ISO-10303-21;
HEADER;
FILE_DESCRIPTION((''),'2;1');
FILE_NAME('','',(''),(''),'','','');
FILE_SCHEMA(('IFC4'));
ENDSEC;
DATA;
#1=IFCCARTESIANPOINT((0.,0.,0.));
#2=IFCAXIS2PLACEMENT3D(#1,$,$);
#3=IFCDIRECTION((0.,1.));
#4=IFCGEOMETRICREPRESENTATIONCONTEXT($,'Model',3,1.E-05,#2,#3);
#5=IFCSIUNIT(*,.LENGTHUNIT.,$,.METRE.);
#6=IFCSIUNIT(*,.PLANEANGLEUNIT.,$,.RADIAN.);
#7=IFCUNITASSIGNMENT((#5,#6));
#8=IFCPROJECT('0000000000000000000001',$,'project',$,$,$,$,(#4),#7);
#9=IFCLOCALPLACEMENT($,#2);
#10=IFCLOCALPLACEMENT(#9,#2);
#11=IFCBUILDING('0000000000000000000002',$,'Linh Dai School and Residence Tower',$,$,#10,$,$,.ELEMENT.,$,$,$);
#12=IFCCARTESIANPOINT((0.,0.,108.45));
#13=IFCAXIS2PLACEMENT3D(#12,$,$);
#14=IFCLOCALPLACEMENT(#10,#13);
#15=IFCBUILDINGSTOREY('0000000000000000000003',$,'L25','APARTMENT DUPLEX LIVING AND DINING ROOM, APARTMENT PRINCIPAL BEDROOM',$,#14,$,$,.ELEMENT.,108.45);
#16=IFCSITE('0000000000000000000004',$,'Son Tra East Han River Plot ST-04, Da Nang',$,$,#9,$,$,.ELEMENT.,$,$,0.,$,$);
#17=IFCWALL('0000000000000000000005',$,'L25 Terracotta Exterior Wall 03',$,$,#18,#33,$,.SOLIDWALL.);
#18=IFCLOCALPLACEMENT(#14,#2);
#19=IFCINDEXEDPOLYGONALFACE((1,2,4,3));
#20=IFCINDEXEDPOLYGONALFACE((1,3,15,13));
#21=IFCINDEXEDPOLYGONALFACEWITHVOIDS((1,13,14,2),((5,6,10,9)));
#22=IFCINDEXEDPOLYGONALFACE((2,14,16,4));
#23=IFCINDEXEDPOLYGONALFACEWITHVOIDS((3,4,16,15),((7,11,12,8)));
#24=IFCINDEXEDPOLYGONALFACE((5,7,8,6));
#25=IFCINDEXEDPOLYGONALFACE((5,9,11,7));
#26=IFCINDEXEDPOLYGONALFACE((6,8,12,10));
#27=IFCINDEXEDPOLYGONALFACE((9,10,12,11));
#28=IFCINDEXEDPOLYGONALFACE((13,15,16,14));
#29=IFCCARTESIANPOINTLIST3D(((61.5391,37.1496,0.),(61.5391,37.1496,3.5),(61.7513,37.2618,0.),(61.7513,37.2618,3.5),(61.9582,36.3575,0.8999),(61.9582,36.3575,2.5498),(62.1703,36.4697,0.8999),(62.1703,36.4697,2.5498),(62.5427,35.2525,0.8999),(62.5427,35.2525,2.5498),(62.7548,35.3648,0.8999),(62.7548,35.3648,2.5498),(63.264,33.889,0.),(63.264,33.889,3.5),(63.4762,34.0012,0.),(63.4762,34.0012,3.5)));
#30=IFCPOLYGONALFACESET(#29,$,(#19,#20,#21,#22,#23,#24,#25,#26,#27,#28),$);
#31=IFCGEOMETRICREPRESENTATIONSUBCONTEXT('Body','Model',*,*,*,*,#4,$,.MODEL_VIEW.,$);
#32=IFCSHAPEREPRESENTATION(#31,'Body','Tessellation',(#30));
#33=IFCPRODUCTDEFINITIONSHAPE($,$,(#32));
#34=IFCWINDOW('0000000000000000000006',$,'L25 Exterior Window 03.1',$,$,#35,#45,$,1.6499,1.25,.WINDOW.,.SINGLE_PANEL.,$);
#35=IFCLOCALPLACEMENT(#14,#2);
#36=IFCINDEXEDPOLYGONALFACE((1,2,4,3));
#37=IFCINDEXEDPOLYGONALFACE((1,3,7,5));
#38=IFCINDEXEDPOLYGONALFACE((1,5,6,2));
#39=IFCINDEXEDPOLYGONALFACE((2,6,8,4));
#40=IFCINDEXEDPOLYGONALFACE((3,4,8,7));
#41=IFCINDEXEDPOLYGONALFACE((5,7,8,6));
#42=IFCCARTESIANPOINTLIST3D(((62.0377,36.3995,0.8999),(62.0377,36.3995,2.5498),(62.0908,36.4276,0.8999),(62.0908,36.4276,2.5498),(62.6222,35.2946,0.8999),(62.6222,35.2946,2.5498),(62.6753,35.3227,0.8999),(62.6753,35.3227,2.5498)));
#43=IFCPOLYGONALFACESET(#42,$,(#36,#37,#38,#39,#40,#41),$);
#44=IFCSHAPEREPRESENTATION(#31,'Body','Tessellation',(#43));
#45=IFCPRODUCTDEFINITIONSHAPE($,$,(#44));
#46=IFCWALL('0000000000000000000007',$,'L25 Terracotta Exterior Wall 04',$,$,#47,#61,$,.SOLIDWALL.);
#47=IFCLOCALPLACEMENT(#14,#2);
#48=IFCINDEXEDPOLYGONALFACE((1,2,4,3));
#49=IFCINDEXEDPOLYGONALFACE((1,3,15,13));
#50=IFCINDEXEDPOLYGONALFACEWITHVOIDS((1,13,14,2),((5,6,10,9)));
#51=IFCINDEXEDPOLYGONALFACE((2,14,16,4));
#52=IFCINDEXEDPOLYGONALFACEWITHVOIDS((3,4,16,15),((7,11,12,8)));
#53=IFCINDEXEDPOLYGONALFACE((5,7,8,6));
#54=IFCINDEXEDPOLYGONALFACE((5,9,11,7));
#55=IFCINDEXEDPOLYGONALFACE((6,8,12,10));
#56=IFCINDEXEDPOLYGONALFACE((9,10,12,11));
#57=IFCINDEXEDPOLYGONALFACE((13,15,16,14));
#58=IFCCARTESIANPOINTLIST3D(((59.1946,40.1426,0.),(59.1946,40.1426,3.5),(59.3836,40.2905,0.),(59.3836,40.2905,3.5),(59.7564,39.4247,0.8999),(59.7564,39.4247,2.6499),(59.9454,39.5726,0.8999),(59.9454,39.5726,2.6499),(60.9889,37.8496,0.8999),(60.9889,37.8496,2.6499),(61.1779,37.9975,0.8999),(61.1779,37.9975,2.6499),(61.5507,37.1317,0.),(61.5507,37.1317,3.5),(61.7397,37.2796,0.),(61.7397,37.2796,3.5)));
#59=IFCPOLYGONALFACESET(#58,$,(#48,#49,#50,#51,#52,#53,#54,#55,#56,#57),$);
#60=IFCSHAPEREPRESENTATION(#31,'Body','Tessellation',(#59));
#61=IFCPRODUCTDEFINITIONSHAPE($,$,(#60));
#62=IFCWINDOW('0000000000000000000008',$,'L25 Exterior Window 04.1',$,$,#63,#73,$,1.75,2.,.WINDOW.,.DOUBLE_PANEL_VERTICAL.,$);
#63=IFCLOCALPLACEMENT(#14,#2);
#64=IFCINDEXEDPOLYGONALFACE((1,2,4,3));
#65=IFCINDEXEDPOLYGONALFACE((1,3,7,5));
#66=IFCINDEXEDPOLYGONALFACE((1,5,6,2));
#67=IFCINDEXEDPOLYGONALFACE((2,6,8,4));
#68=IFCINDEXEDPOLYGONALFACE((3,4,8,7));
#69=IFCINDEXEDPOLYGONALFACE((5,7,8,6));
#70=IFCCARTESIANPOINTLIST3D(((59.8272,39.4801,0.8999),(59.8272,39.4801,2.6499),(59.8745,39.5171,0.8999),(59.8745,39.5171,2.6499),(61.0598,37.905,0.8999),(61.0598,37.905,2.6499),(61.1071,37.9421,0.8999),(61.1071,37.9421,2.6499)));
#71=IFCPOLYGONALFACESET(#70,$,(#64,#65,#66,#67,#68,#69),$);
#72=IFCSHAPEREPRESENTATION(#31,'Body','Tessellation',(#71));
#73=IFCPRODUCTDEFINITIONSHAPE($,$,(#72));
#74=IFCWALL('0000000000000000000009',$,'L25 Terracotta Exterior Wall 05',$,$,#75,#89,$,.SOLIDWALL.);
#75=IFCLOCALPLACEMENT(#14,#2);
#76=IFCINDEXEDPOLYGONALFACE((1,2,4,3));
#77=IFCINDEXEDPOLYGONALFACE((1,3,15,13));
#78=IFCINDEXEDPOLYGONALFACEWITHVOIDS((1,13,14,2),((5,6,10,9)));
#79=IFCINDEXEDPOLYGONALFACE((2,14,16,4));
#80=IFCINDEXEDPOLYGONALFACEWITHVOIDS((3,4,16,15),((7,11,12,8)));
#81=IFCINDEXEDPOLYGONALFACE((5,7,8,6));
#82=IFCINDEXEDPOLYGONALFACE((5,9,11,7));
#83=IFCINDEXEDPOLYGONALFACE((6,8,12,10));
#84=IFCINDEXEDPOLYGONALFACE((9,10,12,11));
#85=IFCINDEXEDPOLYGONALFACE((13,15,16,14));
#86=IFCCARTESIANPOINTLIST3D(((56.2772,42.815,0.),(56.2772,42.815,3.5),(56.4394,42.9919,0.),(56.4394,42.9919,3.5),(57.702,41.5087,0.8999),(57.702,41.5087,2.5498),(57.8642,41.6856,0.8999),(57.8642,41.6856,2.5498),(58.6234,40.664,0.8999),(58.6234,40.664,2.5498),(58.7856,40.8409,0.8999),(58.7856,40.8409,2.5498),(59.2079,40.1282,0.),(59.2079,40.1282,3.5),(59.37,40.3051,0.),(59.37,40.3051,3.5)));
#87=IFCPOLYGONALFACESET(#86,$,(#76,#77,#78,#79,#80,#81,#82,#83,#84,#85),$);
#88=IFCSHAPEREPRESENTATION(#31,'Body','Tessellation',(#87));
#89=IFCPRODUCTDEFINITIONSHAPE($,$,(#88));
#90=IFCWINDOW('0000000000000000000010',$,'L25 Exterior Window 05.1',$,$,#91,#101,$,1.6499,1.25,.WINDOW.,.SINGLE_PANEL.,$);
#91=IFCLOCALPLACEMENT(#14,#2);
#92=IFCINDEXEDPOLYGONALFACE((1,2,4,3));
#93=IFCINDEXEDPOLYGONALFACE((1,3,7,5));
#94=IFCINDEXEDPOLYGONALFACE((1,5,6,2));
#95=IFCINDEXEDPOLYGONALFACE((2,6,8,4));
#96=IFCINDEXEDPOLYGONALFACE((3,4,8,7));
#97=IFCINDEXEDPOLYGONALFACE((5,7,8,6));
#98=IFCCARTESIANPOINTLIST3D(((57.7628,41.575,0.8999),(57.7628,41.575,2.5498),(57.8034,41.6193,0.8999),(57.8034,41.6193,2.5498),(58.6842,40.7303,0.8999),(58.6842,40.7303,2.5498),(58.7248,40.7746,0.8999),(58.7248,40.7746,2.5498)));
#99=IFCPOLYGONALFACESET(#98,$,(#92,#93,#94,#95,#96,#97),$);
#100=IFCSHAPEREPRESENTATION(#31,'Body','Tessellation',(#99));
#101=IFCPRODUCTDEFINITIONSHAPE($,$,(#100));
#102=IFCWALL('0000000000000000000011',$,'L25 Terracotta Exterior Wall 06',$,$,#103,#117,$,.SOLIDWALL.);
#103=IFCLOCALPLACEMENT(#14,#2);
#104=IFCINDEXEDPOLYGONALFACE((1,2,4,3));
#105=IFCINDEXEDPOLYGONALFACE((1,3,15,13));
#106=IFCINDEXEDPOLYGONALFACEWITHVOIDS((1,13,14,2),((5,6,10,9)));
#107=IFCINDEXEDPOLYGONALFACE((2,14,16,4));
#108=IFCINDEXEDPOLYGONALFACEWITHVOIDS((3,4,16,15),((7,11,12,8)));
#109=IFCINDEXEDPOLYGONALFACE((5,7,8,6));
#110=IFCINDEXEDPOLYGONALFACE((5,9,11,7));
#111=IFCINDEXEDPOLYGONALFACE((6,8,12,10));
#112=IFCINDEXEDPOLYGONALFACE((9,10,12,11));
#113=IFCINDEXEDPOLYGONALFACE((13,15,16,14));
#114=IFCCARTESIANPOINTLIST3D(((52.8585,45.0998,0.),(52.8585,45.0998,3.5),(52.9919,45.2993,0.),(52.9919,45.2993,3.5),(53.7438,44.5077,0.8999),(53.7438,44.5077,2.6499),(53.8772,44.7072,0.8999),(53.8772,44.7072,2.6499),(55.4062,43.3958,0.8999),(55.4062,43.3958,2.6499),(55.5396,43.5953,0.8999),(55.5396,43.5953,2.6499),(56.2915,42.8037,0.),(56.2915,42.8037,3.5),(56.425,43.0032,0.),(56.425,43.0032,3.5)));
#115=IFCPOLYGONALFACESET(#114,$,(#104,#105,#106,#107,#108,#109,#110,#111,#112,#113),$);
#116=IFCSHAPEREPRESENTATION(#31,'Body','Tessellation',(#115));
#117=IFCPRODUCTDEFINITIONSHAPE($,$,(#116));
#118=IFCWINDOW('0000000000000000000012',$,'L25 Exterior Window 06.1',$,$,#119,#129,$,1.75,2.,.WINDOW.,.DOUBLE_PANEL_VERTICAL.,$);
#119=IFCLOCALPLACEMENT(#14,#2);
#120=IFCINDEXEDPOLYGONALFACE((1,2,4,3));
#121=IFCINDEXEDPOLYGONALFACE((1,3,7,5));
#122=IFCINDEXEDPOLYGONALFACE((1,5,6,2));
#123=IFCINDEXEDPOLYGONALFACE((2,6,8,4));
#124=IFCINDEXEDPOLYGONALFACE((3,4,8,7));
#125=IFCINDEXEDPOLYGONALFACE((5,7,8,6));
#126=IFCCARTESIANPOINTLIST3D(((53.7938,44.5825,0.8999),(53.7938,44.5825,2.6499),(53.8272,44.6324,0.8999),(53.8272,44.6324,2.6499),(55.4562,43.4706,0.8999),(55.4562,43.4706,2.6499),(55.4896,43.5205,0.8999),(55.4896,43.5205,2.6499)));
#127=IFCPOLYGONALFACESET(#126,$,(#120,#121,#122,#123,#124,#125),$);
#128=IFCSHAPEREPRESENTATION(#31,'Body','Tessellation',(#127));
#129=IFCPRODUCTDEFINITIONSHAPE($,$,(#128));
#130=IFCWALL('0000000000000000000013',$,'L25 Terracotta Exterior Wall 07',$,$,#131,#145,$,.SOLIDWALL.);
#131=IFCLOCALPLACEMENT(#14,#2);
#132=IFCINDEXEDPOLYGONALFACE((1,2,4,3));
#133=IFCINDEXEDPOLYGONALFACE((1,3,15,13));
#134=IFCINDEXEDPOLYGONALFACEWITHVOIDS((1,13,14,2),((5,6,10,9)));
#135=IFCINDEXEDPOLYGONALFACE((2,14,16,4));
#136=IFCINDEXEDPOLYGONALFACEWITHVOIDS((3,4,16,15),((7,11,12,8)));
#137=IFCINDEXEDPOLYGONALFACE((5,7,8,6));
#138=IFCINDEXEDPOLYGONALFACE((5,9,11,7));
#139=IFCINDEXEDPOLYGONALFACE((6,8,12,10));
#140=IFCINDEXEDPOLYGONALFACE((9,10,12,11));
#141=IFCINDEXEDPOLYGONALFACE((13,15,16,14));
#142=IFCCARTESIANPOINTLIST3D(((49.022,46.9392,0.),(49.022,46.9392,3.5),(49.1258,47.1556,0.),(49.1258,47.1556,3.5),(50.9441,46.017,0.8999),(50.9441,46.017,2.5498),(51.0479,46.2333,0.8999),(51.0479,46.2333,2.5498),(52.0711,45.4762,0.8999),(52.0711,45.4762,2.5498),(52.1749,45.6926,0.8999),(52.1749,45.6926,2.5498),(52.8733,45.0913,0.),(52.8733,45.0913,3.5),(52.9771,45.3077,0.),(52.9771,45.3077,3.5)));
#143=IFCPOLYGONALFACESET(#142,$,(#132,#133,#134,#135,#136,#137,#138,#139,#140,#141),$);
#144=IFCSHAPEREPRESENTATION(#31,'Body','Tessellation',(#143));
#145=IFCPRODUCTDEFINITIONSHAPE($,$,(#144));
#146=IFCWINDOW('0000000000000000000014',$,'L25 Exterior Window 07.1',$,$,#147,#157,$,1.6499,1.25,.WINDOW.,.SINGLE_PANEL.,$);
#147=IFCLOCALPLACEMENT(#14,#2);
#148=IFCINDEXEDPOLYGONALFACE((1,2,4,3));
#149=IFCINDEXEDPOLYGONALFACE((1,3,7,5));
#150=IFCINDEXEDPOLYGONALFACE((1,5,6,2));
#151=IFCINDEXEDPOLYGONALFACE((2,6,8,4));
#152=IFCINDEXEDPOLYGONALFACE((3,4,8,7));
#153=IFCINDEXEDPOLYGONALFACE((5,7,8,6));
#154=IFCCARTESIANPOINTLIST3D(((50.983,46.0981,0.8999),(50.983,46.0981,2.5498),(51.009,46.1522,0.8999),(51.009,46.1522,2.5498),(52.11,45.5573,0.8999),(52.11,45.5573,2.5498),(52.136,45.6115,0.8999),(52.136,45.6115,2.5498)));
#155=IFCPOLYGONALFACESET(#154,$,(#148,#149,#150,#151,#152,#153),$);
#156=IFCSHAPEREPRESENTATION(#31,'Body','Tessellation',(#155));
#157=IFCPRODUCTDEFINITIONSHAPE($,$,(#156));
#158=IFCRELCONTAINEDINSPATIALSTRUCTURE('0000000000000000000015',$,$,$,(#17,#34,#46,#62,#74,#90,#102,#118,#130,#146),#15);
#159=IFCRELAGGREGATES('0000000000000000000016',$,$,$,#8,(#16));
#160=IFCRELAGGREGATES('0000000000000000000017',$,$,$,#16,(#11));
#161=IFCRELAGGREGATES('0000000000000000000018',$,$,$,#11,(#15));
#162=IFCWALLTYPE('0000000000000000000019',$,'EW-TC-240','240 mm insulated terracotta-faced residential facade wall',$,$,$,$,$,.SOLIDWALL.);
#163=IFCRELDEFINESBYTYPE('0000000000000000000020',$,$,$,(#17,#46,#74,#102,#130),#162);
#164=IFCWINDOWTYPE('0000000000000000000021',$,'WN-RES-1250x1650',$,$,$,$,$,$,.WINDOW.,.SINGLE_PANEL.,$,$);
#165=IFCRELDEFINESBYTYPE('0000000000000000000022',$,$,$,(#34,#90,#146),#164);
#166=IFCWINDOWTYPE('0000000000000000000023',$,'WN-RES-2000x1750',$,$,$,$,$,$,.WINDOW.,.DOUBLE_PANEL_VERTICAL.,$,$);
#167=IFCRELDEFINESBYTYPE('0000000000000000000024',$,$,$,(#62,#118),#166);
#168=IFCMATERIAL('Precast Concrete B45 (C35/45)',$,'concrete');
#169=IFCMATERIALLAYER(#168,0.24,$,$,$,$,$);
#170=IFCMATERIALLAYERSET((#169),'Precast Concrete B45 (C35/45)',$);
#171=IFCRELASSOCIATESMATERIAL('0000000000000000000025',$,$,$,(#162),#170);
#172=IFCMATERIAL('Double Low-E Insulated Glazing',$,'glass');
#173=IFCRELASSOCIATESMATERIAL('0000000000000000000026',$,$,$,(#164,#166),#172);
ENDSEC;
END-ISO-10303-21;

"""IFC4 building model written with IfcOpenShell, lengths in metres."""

from ifc_helpers import new_model, si_unit, direction, frame, frame_2d, origin, origin_2d, place, context, subcontext, project, spatial, rectangle, extrude, source, transform, mapped, material, layer, layer_set, type_object, element, fill, save


model = new_model("IFC4")

# Units and contexts
model_context = context("Model", 3, precision=1e-05, world=origin(), true_north=direction((0.0, 1.0)))
body_context = subcontext(model_context, "Body", "Model", "MODEL_VIEW")
ifc_project = project(units=[si_unit("LENGTHUNIT", "METRE"), si_unit("PLANEANGLEUNIT", "RADIAN")], contexts=[model_context])

# Site, building, storey
site_placement = place(None, origin())
site = spatial("IfcSite", under=ifc_project, at=site_placement, Name="Son Tra East Han River Plot ST-04, Da Nang", CompositionType="ELEMENT", RefElevation=0.0)
building_placement = place(site_placement, origin())
building = spatial("IfcBuilding", under=site, at=building_placement, Name="Linh Dai School and Residence Tower", CompositionType="ELEMENT")
storey_placement = place(building_placement, frame((0.0, 0.0, 108.45)))
storey = spatial("IfcBuildingStorey", under=building, at=storey_placement, Name="L25", Description="APARTMENT DUPLEX LIVING AND DINING ROOM, APARTMENT PRINCIPAL BEDROOM", CompositionType="ELEMENT", Elevation=108.45)

# Shared definitions
ifc_material_1 = material(Name="Precast Concrete B45 (C35/45)", Category="concrete")

# Shared definitions
ifc_layer_1 = layer(ifc_material_1, 0.24)
ifc_layer_set_1 = layer_set([ifc_layer_1], Name="Precast Concrete B45 (C35/45)")
wall_type_1 = type_object("IfcWallType", Name="EW-TC-240", Description="240 mm insulated terracotta-faced residential facade wall", PredefinedType="SOLIDWALL", material=ifc_layer_set_1)

# Walls, openings, windows
wall_1_placement = place(storey_placement, frame((61.6453, 37.2056, 0.0), z_axis=(0.0, 0.0, 1.0), x_axis=(0.467614, -0.883933, 0.0)))
wall_1 = element("IfcWall", 1, at=wall_1_placement, inside=storey, type_object=wall_type_1, Name="L25 Terracotta Exterior Wall 03", PredefinedType="SOLIDWALL", context=body_context, shape_type="SweptSolid", body=[
    extrude(rectangle(XDim=3.6887, YDim=0.24, at=frame_2d((1.8442, 0.0))), origin(), (0.0, 0.0, 1.0), 3.5),
])
opening_1_placement = place(wall_1_placement, frame((0.896, 0.0, 0.8999)))
opening_1 = element("IfcOpeningElement", 2, at=opening_1_placement, cuts=wall_1, PredefinedType="OPENING", context=body_context, shape_type="SweptSolid", body=[
    extrude(rectangle(XDim=1.25, YDim=1.6499, at=origin_2d()), frame((0.625, 0.1299, 0.825), z_axis=(0.0, -1.0, 0.0), x_axis=(1.0, 0.0, 0.0)), (0.0, 0.0, 1.0), 0.26),
])
ifc_material_2 = material(Name="Double Low-E Insulated Glazing", Category="glass")
window_type_1 = type_object("IfcWindowType", Name="WN-RES-1250x1650", PartitioningType="SINGLE_PANEL", PredefinedType="WINDOW", material=ifc_material_2)
shared_shape_1 = source(origin(), body_context, "Body", "SweptSolid", [
    extrude(rectangle(XDim=1.25, YDim=1.6499, at=origin_2d()), frame((0.625, 0.03, 0.825), z_axis=(0.0, -1.0, 0.0), x_axis=(1.0, 0.0, 0.0)), (0.0, 0.0, 1.0), 0.0601),
])
window_1_placement = place(opening_1_placement, origin())
window_1 = element("IfcWindow", 3, at=window_1_placement, inside=storey, type_object=window_type_1, Name="L25 Exterior Window 03.1", OverallHeight=1.6499, OverallWidth=1.25, PartitioningType="SINGLE_PANEL", PredefinedType="WINDOW", context=body_context, shape_type="MappedRepresentation", body=[
    mapped(shared_shape_1, transform((0.0, 0.0, 0.0), x_axis=(1.0, 0.0, 0.0), y_axis=(0.0, 1.0, 0.0), z_axis=(0.0, 0.0, 1.0), scale=1.0)),
])
fill(opening_1, window_1)
wall_2_placement = place(storey_placement, frame((59.2891, 40.2166, 0.0), z_axis=(0.0, 0.0, 1.0), x_axis=(0.616272, -0.787533, 0.0)))
wall_2 = element("IfcWall", 4, at=wall_2_placement, inside=storey, type_object=wall_type_1, Name="L25 Terracotta Exterior Wall 04", PredefinedType="SOLIDWALL", context=body_context, shape_type="SweptSolid", body=[
    extrude(rectangle(XDim=3.8232, YDim=0.24, at=frame_2d((1.9116, 0.0))), origin(), (0.0, 0.0, 1.0), 3.5),
])
opening_2_placement = place(wall_2_placement, frame((0.9116, 0.0, 0.8999)))
opening_2 = element("IfcOpeningElement", 5, at=opening_2_placement, cuts=wall_2, PredefinedType="OPENING", context=body_context, shape_type="SweptSolid", body=[
    extrude(rectangle(XDim=2.0, YDim=1.75, at=origin_2d()), frame((1.0, 0.1299, 0.875), z_axis=(0.0, -1.0, 0.0), x_axis=(1.0, 0.0, 0.0)), (0.0, 0.0, 1.0), 0.26),
])
window_type_2 = type_object("IfcWindowType", Name="WN-RES-2000x1750", PartitioningType="DOUBLE_PANEL_VERTICAL", PredefinedType="WINDOW", material=ifc_material_2)
shared_shape_2 = source(origin(), body_context, "Body", "SweptSolid", [
    extrude(rectangle(XDim=2.0, YDim=1.75, at=origin_2d()), frame((1.0, 0.03, 0.875), z_axis=(0.0, -1.0, 0.0), x_axis=(1.0, 0.0, 0.0)), (0.0, 0.0, 1.0), 0.0601),
])
window_2_placement = place(opening_2_placement, origin())
window_2 = element("IfcWindow", 6, at=window_2_placement, inside=storey, type_object=window_type_2, Name="L25 Exterior Window 04.1", OverallHeight=1.75, OverallWidth=2.0, PartitioningType="DOUBLE_PANEL_VERTICAL", PredefinedType="WINDOW", context=body_context, shape_type="MappedRepresentation", body=[
    mapped(shared_shape_2, transform((0.0, 0.0, 0.0), x_axis=(1.0, 0.0, 0.0), y_axis=(0.0, 1.0, 0.0), z_axis=(0.0, 0.0, 1.0), scale=1.0)),
])
fill(opening_2, window_2)
wall_3_placement = place(storey_placement, frame((56.3584, 42.9033, 0.0), z_axis=(0.0, 0.0, 1.0), x_axis=(0.737113, -0.675769, 0.0)))
wall_3 = element("IfcWall", 7, at=wall_3_placement, inside=storey, type_object=wall_type_1, Name="L25 Terracotta Exterior Wall 05", PredefinedType="SOLIDWALL", context=body_context, shape_type="SweptSolid", body=[
    extrude(rectangle(XDim=3.9758, YDim=0.24, at=frame_2d((1.9878, 0.0))), origin(), (0.0, 0.0, 1.0), 3.5),
])
opening_3_placement = place(wall_3_placement, frame((1.9329, 0.0, 0.8999)))
opening_3 = element("IfcOpeningElement", 8, at=opening_3_placement, cuts=wall_3, PredefinedType="OPENING", context=body_context, shape_type="SweptSolid", body=[
    extrude(rectangle(XDim=1.25, YDim=1.6499, at=origin_2d()), frame((0.625, 0.1299, 0.825), z_axis=(0.0, -1.0, 0.0), x_axis=(1.0, 0.0, 0.0)), (0.0, 0.0, 1.0), 0.26),
])
window_3_placement = place(opening_3_placement, origin())
window_3 = element("IfcWindow", 9, at=window_3_placement, inside=storey, type_object=window_type_1, Name="L25 Exterior Window 05.1", OverallHeight=1.6499, OverallWidth=1.25, PartitioningType="SINGLE_PANEL", PredefinedType="WINDOW", context=body_context, shape_type="MappedRepresentation", body=[
    mapped(shared_shape_1, transform((0.0, 0.0, 0.0), x_axis=(1.0, 0.0, 0.0), y_axis=(0.0, 1.0, 0.0), z_axis=(0.0, 0.0, 1.0), scale=1.0)),
])
fill(opening_3, window_3)
wall_4_placement = place(storey_placement, frame((52.9253, 45.1995, 0.0), z_axis=(0.0, 0.0, 1.0), x_axis=(0.831222, -0.555941, 0.0)))
wall_4 = element("IfcWall", 10, at=wall_4_placement, inside=storey, type_object=wall_type_1, Name="L25 Terracotta Exterior Wall 06", PredefinedType="SOLIDWALL", context=body_context, shape_type="SweptSolid", body=[
    extrude(rectangle(XDim=4.1301, YDim=0.24, at=frame_2d((2.0649, 0.0))), origin(), (0.0, 0.0, 1.0), 3.5),
])
opening_4_placement = place(wall_4_placement, frame((1.0649, 0.0, 0.8999)))
opening_4 = element("IfcOpeningElement", 11, at=opening_4_placement, cuts=wall_4, PredefinedType="OPENING", context=body_context, shape_type="SweptSolid", body=[
    extrude(rectangle(XDim=2.0, YDim=1.75, at=origin_2d()), frame((1.0, 0.1299, 0.875), z_axis=(0.0, -1.0, 0.0), x_axis=(1.0, 0.0, 0.0)), (0.0, 0.0, 1.0), 0.26),
])
window_4_placement = place(opening_4_placement, origin())
window_4 = element("IfcWindow", 12, at=window_4_placement, inside=storey, type_object=window_type_2, Name="L25 Exterior Window 06.1", OverallHeight=1.75, OverallWidth=2.0, PartitioningType="DOUBLE_PANEL_VERTICAL", PredefinedType="WINDOW", context=body_context, shape_type="MappedRepresentation", body=[
    mapped(shared_shape_2, transform((0.0, 0.0, 0.0), x_axis=(1.0, 0.0, 0.0), y_axis=(0.0, 1.0, 0.0), z_axis=(0.0, 0.0, 1.0), scale=1.0)),
])
fill(opening_4, window_4)
wall_5_placement = place(storey_placement, frame((49.074, 47.0474, 0.0), z_axis=(0.0, 0.0, 1.0), x_axis=(0.90159, -0.432592, 0.0)))
wall_5 = element("IfcWall", 13, at=wall_5_placement, inside=storey, type_object=wall_type_1, Name="L25 Terracotta Exterior Wall 07", PredefinedType="SOLIDWALL", context=body_context, shape_type="SweptSolid", body=[
    extrude(rectangle(XDim=4.2717, YDim=0.24, at=frame_2d((2.1357, 0.0))), origin(), (0.0, 0.0, 1.0), 3.5),
])
opening_5_placement = place(wall_5_placement, frame((2.1318, 0.0, 0.8999)))
opening_5 = element("IfcOpeningElement", 14, at=opening_5_placement, cuts=wall_5, PredefinedType="OPENING", context=body_context, shape_type="SweptSolid", body=[
    extrude(rectangle(XDim=1.25, YDim=1.6499, at=origin_2d()), frame((0.625, 0.1299, 0.825), z_axis=(0.0, -1.0, 0.0), x_axis=(1.0, 0.0, 0.0)), (0.0, 0.0, 1.0), 0.26),
])
window_5_placement = place(opening_5_placement, origin())
window_5 = element("IfcWindow", 15, at=window_5_placement, inside=storey, type_object=window_type_1, Name="L25 Exterior Window 07.1", OverallHeight=1.6499, OverallWidth=1.25, PartitioningType="SINGLE_PANEL", PredefinedType="WINDOW", context=body_context, shape_type="MappedRepresentation", body=[
    mapped(shared_shape_1, transform((0.0, 0.0, 0.0), x_axis=(1.0, 0.0, 0.0), y_axis=(0.0, 1.0, 0.0), z_axis=(0.0, 0.0, 1.0), scale=1.0)),
])
fill(opening_5, window_5)

save(model, "model.ifc")
